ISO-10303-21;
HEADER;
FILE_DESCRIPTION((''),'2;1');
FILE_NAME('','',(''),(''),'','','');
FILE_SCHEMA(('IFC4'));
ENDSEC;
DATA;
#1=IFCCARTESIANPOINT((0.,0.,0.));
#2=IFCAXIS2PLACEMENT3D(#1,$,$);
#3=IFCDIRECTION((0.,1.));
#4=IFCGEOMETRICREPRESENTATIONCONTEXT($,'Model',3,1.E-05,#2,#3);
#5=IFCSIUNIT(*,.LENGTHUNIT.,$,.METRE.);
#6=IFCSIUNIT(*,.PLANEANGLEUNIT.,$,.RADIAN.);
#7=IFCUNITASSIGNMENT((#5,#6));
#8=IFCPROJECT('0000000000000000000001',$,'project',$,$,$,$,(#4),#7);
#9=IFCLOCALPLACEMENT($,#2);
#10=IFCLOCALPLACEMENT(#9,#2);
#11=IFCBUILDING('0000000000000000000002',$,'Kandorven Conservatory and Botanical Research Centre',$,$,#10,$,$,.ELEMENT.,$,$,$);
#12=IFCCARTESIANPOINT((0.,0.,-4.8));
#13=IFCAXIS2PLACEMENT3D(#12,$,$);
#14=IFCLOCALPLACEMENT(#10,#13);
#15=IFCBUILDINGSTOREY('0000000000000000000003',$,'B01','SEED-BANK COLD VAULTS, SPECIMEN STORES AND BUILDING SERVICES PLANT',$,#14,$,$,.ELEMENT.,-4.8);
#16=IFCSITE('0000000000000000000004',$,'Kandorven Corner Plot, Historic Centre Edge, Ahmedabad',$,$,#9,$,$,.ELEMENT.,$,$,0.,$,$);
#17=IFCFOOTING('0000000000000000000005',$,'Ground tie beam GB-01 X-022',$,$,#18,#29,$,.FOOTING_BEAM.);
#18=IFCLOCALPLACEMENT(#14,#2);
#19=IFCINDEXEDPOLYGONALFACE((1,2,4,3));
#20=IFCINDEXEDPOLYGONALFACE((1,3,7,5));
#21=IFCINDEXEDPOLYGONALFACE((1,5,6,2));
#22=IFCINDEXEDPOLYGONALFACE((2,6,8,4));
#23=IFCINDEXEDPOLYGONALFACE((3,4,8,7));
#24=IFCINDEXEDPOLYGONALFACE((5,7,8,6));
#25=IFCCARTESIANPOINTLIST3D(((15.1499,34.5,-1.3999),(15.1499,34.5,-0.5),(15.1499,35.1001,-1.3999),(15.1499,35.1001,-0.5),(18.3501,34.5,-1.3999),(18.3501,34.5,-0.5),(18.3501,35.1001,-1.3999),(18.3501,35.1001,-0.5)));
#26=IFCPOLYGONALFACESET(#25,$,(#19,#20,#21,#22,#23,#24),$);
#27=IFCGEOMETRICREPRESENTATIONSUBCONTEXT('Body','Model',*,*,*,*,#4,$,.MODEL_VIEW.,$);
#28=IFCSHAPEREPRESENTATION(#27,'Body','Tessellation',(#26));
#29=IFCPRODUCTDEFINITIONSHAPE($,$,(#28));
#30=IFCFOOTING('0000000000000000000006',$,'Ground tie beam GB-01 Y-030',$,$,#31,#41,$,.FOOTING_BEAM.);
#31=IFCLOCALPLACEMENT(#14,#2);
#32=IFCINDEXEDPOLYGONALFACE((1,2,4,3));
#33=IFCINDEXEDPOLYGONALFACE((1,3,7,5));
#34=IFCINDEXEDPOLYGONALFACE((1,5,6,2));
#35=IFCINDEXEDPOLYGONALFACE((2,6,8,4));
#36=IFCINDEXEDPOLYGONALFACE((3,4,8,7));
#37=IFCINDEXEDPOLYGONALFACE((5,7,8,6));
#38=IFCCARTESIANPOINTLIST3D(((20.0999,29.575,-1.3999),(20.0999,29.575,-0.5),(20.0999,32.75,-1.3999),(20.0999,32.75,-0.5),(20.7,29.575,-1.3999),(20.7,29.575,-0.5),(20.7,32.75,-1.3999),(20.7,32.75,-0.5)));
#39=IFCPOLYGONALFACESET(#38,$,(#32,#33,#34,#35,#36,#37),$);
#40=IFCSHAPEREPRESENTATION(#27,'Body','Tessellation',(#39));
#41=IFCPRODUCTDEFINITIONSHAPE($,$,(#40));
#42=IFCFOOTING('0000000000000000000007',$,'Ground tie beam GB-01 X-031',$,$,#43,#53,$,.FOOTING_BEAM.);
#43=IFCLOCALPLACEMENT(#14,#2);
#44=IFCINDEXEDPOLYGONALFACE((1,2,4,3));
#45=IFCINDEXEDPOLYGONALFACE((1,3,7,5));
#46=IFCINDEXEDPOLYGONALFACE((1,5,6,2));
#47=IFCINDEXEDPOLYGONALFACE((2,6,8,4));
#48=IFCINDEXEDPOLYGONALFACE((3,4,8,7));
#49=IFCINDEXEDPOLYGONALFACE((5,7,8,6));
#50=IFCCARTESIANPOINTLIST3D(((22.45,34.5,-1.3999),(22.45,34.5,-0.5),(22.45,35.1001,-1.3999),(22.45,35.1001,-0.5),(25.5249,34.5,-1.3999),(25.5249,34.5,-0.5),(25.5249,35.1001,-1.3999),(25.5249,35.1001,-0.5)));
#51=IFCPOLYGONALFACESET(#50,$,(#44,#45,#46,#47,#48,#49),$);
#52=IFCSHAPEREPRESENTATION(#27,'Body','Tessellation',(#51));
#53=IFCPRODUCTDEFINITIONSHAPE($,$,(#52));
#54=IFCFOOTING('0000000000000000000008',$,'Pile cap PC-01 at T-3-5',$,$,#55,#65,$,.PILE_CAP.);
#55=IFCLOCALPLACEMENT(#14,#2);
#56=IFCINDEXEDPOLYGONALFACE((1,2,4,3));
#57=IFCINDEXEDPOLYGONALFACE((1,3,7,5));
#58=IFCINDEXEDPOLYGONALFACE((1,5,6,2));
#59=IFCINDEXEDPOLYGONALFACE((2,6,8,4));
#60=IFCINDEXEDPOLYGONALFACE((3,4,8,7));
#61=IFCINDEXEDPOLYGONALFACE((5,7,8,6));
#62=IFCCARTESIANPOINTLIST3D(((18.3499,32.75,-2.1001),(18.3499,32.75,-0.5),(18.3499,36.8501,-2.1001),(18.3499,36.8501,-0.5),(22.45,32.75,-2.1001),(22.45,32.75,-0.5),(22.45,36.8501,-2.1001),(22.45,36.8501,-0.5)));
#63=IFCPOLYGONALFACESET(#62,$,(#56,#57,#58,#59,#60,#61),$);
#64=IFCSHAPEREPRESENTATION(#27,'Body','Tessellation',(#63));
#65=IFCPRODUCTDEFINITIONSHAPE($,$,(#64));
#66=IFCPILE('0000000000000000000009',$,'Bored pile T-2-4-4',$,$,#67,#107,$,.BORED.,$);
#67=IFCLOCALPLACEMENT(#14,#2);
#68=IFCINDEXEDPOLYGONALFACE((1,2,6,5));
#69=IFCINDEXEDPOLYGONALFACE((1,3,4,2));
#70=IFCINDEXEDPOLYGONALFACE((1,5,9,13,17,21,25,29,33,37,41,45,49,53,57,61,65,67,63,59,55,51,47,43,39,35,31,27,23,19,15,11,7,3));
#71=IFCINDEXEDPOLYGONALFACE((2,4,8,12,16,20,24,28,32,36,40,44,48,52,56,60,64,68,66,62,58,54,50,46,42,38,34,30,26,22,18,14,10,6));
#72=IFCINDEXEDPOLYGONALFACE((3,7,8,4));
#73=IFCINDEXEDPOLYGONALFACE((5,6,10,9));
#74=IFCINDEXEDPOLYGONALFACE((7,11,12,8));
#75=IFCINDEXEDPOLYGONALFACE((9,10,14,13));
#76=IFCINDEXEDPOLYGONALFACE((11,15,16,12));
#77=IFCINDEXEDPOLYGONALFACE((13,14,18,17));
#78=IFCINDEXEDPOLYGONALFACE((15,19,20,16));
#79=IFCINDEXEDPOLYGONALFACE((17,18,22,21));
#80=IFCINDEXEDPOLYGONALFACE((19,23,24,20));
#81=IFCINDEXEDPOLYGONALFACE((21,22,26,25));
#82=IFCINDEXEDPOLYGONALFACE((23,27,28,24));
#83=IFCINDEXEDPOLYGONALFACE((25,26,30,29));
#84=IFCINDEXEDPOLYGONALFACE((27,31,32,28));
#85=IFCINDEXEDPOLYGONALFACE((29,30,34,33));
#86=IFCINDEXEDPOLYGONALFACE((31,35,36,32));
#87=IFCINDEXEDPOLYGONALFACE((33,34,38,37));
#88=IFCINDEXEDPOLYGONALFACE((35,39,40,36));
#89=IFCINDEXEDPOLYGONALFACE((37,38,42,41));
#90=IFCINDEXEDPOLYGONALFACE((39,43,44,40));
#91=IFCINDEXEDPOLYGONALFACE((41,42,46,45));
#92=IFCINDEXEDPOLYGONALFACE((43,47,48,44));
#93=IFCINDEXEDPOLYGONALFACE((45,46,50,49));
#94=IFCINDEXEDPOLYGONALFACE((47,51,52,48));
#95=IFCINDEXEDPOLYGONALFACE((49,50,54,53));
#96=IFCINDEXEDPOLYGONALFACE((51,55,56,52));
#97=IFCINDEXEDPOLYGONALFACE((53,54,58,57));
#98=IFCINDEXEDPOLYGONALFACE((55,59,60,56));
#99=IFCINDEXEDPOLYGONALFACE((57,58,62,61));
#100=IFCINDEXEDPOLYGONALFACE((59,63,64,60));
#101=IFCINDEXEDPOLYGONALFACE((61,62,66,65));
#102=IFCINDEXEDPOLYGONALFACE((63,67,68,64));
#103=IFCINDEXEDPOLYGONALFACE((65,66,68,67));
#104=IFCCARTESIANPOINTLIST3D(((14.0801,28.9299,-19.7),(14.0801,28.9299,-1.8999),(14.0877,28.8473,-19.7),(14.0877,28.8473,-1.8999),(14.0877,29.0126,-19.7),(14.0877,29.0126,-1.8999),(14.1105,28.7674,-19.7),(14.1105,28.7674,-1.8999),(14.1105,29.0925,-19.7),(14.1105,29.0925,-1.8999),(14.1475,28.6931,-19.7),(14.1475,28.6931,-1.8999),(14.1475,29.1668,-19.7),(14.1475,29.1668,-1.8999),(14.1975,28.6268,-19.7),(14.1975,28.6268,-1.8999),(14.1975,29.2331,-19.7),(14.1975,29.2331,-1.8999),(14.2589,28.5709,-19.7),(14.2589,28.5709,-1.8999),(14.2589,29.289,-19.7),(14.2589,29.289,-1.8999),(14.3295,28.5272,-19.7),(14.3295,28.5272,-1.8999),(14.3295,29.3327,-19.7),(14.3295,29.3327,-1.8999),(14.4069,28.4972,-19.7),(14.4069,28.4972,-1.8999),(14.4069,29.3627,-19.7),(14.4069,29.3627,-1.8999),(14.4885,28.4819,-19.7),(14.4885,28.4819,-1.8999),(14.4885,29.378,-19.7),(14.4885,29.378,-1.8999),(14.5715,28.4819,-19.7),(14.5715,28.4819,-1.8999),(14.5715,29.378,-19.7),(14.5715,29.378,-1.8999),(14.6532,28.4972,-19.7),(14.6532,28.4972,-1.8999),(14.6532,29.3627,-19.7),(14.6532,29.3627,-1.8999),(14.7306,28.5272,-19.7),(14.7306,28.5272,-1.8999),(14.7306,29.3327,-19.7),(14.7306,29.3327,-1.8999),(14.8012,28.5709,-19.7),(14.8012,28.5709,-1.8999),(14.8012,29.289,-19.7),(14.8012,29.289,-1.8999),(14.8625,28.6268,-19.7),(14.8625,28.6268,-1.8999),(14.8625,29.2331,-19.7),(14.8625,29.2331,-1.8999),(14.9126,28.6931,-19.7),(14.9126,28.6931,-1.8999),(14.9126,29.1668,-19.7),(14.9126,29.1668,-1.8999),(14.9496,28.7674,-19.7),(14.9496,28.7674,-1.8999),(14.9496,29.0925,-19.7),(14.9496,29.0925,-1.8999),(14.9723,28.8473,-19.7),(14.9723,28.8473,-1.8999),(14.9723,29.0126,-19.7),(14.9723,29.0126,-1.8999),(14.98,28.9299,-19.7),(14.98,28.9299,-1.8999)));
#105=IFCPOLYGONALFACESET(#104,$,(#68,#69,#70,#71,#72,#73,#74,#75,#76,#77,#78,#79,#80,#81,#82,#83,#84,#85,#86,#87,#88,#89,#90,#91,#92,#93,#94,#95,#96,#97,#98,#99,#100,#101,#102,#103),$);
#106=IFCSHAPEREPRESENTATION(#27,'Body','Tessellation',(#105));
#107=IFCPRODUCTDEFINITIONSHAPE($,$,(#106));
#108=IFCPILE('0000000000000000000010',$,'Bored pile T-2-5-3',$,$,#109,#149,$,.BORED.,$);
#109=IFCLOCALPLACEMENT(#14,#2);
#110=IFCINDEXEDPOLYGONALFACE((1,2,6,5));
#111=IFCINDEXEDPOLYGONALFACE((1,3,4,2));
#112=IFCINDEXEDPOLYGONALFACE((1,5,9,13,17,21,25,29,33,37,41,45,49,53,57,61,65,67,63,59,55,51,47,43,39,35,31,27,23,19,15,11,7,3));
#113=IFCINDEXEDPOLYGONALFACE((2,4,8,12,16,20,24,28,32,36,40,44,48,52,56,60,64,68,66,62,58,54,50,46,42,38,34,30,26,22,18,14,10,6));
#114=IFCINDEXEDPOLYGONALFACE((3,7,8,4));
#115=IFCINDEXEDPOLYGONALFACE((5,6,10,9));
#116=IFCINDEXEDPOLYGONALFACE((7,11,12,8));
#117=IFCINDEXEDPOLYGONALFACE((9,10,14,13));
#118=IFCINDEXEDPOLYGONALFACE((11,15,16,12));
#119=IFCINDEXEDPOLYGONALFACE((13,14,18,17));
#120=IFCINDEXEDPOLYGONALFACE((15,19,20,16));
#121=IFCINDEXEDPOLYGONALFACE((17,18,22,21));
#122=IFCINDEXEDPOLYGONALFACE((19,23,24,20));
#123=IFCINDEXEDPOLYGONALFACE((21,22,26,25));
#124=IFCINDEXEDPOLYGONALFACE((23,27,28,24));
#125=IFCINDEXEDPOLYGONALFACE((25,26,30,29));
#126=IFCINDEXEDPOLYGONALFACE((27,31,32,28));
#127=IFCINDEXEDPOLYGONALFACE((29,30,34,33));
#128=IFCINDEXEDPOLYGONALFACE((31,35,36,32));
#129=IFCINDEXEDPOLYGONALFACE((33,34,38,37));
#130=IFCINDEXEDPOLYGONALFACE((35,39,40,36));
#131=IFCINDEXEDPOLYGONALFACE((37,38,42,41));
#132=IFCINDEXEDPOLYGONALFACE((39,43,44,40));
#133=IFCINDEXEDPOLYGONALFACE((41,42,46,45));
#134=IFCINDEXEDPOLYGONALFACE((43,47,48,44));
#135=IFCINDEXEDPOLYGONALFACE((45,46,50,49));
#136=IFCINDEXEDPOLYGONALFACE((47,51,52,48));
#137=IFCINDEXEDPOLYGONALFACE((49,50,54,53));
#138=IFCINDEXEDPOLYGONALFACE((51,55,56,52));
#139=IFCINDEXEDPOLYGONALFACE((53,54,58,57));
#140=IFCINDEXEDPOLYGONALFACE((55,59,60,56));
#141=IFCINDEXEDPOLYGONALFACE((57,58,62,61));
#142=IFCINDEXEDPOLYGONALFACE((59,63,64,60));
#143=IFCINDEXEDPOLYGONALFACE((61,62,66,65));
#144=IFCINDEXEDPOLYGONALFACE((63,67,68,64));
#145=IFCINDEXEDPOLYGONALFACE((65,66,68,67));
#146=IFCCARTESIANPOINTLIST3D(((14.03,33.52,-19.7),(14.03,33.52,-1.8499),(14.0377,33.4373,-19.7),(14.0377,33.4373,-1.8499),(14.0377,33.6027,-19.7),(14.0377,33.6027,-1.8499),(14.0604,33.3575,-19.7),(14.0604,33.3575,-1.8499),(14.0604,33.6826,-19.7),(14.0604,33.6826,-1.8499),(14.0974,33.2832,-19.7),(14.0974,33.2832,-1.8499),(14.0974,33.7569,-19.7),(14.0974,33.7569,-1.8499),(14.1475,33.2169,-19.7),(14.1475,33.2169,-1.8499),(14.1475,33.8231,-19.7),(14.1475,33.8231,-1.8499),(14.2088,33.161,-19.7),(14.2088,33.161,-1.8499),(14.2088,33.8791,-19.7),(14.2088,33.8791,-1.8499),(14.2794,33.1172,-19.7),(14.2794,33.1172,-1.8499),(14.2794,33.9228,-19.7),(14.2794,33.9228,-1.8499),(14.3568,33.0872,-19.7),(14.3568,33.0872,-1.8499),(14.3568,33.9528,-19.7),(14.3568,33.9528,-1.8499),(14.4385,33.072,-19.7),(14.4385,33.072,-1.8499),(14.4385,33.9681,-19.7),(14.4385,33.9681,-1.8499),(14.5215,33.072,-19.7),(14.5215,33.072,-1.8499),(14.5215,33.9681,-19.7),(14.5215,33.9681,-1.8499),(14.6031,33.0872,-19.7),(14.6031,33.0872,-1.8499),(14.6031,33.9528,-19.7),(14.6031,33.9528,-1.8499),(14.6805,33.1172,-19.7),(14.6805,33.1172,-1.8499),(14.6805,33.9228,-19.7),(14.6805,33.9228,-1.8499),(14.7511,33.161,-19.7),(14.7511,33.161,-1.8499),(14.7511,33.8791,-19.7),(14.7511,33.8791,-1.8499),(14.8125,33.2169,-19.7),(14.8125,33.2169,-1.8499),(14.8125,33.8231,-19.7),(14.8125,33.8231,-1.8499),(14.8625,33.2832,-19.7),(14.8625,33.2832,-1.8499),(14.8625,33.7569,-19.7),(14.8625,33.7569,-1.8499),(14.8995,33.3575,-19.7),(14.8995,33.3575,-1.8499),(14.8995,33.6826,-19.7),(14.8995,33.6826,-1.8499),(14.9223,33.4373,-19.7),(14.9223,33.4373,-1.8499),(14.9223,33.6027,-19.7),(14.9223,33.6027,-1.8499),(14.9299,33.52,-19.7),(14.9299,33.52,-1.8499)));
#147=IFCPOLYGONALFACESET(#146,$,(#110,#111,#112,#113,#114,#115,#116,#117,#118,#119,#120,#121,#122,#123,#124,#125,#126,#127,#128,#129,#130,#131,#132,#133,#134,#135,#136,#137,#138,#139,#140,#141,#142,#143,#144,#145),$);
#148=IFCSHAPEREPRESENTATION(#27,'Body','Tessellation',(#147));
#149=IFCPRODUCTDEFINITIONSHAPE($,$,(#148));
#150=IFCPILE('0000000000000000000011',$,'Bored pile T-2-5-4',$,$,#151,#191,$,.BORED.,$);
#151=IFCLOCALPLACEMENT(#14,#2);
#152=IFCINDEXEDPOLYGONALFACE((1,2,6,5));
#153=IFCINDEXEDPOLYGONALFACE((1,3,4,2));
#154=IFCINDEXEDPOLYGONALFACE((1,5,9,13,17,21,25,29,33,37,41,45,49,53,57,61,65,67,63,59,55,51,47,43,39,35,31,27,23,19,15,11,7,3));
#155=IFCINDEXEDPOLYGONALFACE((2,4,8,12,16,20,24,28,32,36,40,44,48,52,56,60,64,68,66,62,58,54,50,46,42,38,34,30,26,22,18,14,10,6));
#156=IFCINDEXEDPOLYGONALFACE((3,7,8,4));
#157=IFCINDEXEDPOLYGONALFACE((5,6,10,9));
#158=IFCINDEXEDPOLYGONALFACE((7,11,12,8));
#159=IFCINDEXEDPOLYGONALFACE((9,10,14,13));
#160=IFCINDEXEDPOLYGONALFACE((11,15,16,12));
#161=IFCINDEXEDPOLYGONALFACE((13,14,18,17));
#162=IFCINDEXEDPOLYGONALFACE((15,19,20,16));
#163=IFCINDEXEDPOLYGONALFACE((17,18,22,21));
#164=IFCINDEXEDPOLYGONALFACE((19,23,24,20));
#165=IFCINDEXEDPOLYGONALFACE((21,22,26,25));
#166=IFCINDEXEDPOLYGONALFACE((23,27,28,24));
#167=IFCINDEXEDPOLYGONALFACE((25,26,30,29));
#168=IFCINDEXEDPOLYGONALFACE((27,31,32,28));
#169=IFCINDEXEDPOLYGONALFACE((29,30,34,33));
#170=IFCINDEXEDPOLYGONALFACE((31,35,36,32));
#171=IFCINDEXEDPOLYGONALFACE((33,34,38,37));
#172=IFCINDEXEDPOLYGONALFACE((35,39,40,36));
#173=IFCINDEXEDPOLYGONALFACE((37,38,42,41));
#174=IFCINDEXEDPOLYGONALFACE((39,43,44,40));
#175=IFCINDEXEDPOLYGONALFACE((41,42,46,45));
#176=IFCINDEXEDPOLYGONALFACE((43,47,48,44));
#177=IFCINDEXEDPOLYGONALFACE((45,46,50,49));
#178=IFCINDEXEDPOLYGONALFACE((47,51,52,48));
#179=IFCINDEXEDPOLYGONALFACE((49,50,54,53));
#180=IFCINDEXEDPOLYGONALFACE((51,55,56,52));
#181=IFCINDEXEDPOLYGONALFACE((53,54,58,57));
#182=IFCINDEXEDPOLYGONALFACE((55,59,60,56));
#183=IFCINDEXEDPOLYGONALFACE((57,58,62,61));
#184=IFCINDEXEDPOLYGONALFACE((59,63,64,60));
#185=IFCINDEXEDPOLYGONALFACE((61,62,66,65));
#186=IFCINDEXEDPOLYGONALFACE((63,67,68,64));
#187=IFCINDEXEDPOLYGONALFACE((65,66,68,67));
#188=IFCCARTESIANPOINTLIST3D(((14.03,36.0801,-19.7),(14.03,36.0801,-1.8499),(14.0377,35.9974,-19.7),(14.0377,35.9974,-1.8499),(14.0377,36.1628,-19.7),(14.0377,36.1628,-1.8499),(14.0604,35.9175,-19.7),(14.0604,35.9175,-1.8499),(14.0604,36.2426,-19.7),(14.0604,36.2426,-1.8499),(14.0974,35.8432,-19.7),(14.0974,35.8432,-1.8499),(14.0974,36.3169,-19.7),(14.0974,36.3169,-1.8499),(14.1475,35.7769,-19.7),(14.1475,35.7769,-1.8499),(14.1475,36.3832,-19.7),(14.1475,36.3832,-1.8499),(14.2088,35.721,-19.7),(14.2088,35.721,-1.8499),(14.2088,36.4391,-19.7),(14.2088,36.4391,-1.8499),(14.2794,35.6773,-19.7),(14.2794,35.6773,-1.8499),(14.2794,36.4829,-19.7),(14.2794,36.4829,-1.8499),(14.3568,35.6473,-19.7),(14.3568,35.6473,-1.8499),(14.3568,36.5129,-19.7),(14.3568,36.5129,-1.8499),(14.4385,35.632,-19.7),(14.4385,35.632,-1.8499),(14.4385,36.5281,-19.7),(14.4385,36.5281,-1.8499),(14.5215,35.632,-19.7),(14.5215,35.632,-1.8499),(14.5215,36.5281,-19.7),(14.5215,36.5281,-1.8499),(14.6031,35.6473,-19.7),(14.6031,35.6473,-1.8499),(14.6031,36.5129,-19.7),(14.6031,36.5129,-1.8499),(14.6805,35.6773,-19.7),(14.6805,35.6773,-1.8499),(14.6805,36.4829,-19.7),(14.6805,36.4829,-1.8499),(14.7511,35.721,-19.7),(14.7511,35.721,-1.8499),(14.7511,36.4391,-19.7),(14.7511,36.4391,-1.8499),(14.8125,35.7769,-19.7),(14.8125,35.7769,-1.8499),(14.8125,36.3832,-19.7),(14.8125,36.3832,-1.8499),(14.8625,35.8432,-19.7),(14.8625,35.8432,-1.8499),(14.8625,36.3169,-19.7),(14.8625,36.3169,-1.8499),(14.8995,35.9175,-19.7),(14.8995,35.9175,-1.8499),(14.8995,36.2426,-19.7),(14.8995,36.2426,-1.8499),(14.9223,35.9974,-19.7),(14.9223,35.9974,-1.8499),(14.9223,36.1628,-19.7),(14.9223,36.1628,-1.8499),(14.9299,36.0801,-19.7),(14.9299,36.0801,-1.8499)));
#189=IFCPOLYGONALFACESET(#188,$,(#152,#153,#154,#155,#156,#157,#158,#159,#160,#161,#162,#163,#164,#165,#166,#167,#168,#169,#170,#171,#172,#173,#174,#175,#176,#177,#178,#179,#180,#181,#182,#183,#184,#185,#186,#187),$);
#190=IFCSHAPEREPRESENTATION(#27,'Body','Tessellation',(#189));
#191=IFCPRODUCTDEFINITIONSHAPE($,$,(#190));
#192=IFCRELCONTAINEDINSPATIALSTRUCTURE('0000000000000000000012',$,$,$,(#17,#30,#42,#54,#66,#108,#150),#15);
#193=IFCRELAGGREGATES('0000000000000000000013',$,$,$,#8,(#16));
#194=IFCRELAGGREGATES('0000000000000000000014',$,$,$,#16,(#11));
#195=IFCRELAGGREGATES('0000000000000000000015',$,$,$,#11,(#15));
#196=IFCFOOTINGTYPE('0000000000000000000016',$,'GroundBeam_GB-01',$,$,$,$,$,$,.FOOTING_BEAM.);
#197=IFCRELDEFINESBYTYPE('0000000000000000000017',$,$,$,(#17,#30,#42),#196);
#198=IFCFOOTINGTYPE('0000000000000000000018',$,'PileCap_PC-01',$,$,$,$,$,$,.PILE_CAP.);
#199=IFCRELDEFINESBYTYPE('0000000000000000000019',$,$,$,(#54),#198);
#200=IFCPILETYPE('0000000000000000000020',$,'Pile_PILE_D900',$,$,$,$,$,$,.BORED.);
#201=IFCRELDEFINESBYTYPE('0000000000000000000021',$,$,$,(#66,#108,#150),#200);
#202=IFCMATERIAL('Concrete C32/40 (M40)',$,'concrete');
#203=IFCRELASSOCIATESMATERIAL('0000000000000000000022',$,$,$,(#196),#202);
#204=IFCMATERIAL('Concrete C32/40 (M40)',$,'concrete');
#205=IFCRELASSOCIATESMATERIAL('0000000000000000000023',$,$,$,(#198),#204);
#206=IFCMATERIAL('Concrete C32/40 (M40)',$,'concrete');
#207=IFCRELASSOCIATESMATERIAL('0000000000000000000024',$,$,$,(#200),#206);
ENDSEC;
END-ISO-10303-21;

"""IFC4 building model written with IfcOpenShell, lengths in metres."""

from ifc_helpers import new_model, si_unit, direction, frame, origin, origin_2d, place, context, subcontext, project, spatial, rectangle, circle, extrude, material, material_profile, profile_set, type_object, element, save


model = new_model("IFC4")

# Units and contexts
model_context = context("Model", 3, precision=1e-05, world=origin(), true_north=direction((0.0, 1.0)))
body_context = subcontext(model_context, "Body", "Model", "MODEL_VIEW")
ifc_project = project(units=[si_unit("LENGTHUNIT", "METRE"), si_unit("PLANEANGLEUNIT", "RADIAN")], contexts=[model_context])

# Site, building, storey
site_placement = place(None, origin())
site = spatial("IfcSite", under=ifc_project, at=site_placement, Name="Kandorven Corner Plot, Historic Centre Edge, Ahmedabad", CompositionType="ELEMENT", RefElevation=0.0)
building_placement = place(site_placement, origin())
building = spatial("IfcBuilding", under=site, at=building_placement, Name="Kandorven Conservatory and Botanical Research Centre", CompositionType="ELEMENT")
storey_placement = place(building_placement, frame((0.0, 0.0, -4.8)))
storey = spatial("IfcBuildingStorey", under=building, at=storey_placement, Name="B01", Description="SEED-BANK COLD VAULTS, SPECIMEN STORES AND BUILDING SERVICES PLANT", CompositionType="ELEMENT", Elevation=-4.8)

# Footings
ifc_material_1 = material(Name="Concrete C32/40 (M40)", Category="concrete")
ifc_material_profile_1 = material_profile(ifc_material_1, rectangle(XDim=0.6001, YDim=0.8999, at=origin_2d()))
ifc_profile_set_1 = profile_set([ifc_material_profile_1], Name="Concrete C32/40 (M40)")
footing_type_1 = type_object("IfcFootingType", Name="GroundBeam_GB-01", PredefinedType="FOOTING_BEAM", material=ifc_profile_set_1)
footing_1_placement = place(storey_placement, frame((15.1499, 34.8, -0.95), z_axis=(1.0, 0.0, 0.0), x_axis=(0.0, 1.0, 0.0)))
element("IfcFooting", 1, at=footing_1_placement, inside=storey, type_object=footing_type_1, Name="Ground tie beam GB-01 X-022", PredefinedType="FOOTING_BEAM", context=body_context, shape_type="SweptSolid", body=[
    extrude(rectangle(XDim=0.6001, YDim=0.8999, at=origin_2d()), origin(), (0.0, 0.0, 1.0), 3.2002),
])
footing_2_placement = place(storey_placement, frame((20.3999, 29.575, -0.95), z_axis=(0.0, 1.0, 0.0), x_axis=(-1.0, 0.0, 0.0)))
element("IfcFooting", 2, at=footing_2_placement, inside=storey, type_object=footing_type_1, Name="Ground tie beam GB-01 Y-030", PredefinedType="FOOTING_BEAM", context=body_context, shape_type="SweptSolid", body=[
    extrude(rectangle(XDim=0.6001, YDim=0.8999, at=origin_2d()), origin(), (0.0, 0.0, 1.0), 3.175),
])
footing_3_placement = place(storey_placement, frame((22.45, 34.8, -0.95), z_axis=(1.0, 0.0, 0.0), x_axis=(0.0, 1.0, 0.0)))
element("IfcFooting", 3, at=footing_3_placement, inside=storey, type_object=footing_type_1, Name="Ground tie beam GB-01 X-031", PredefinedType="FOOTING_BEAM", context=body_context, shape_type="SweptSolid", body=[
    extrude(rectangle(XDim=0.6001, YDim=0.8999, at=origin_2d()), origin(), (0.0, 0.0, 1.0), 3.075),
])
ifc_material_2 = material(Name="Concrete C32/40 (M40)", Category="concrete")
footing_type_2 = type_object("IfcFootingType", Name="PileCap_PC-01", PredefinedType="PILE_CAP", material=ifc_material_2)
footing_4_placement = place(storey_placement, frame((20.3999, 34.8, -2.1001), z_axis=(0.0, 0.0, 1.0), x_axis=(1.0, 0.0, 0.0)))
element("IfcFooting", 4, at=footing_4_placement, inside=storey, type_object=footing_type_2, Name="Pile cap PC-01 at T-3-5", PredefinedType="PILE_CAP", context=body_context, shape_type="SweptSolid", body=[
    extrude(rectangle(XDim=4.1001, YDim=4.1001, at=origin_2d()), origin(), (0.0, 0.0, 1.0), 1.6001),
])

# Piles
ifc_material_3 = material(Name="Concrete C32/40 (M40)", Category="concrete")
ifc_material_profile_2 = material_profile(ifc_material_3, circle(Radius=0.45, at=origin_2d()))
ifc_profile_set_2 = profile_set([ifc_material_profile_2], Name="Concrete C32/40 (M40)")
pile_type = type_object("IfcPileType", Name="Pile_PILE_D900", PredefinedType="BORED", material=ifc_profile_set_2)
pile_1_placement = place(storey_placement, frame((14.53, 28.9299, -1.8999), z_axis=(0.0, 0.0, -1.0), x_axis=(1.0, 0.0, 0.0)))
element("IfcPile", 5, at=pile_1_placement, inside=storey, type_object=pile_type, Name="Bored pile T-2-4-4", PredefinedType="BORED", context=body_context, shape_type="SweptSolid", body=[
    extrude(circle(Radius=0.45, at=origin_2d()), origin(), (0.0, 0.0, 1.0), 17.8),
])
for number, where, z_axis, x_axis, name in (
    (6, (14.48, 33.52, -1.8499), (0.0, 0.0, -1.0), (1.0, 0.0, 0.0), "Bored pile T-2-5-3"),
    (7, (14.48, 36.0801, -1.8499), (0.0, 0.0, -1.0), (1.0, 0.0, 0.0), "Bored pile T-2-5-4"),
):
    element("IfcPile", number, at=place(storey_placement, frame(where, z_axis=z_axis, x_axis=x_axis)), inside=storey, type_object=pile_type, Name=name, PredefinedType="BORED", context=body_context, shape_type="SweptSolid", body=[
        extrude(circle(Radius=0.45, at=origin_2d()), origin(), (0.0, 0.0, 1.0), 17.8501),
    ])

save(model, "model.ifc")
